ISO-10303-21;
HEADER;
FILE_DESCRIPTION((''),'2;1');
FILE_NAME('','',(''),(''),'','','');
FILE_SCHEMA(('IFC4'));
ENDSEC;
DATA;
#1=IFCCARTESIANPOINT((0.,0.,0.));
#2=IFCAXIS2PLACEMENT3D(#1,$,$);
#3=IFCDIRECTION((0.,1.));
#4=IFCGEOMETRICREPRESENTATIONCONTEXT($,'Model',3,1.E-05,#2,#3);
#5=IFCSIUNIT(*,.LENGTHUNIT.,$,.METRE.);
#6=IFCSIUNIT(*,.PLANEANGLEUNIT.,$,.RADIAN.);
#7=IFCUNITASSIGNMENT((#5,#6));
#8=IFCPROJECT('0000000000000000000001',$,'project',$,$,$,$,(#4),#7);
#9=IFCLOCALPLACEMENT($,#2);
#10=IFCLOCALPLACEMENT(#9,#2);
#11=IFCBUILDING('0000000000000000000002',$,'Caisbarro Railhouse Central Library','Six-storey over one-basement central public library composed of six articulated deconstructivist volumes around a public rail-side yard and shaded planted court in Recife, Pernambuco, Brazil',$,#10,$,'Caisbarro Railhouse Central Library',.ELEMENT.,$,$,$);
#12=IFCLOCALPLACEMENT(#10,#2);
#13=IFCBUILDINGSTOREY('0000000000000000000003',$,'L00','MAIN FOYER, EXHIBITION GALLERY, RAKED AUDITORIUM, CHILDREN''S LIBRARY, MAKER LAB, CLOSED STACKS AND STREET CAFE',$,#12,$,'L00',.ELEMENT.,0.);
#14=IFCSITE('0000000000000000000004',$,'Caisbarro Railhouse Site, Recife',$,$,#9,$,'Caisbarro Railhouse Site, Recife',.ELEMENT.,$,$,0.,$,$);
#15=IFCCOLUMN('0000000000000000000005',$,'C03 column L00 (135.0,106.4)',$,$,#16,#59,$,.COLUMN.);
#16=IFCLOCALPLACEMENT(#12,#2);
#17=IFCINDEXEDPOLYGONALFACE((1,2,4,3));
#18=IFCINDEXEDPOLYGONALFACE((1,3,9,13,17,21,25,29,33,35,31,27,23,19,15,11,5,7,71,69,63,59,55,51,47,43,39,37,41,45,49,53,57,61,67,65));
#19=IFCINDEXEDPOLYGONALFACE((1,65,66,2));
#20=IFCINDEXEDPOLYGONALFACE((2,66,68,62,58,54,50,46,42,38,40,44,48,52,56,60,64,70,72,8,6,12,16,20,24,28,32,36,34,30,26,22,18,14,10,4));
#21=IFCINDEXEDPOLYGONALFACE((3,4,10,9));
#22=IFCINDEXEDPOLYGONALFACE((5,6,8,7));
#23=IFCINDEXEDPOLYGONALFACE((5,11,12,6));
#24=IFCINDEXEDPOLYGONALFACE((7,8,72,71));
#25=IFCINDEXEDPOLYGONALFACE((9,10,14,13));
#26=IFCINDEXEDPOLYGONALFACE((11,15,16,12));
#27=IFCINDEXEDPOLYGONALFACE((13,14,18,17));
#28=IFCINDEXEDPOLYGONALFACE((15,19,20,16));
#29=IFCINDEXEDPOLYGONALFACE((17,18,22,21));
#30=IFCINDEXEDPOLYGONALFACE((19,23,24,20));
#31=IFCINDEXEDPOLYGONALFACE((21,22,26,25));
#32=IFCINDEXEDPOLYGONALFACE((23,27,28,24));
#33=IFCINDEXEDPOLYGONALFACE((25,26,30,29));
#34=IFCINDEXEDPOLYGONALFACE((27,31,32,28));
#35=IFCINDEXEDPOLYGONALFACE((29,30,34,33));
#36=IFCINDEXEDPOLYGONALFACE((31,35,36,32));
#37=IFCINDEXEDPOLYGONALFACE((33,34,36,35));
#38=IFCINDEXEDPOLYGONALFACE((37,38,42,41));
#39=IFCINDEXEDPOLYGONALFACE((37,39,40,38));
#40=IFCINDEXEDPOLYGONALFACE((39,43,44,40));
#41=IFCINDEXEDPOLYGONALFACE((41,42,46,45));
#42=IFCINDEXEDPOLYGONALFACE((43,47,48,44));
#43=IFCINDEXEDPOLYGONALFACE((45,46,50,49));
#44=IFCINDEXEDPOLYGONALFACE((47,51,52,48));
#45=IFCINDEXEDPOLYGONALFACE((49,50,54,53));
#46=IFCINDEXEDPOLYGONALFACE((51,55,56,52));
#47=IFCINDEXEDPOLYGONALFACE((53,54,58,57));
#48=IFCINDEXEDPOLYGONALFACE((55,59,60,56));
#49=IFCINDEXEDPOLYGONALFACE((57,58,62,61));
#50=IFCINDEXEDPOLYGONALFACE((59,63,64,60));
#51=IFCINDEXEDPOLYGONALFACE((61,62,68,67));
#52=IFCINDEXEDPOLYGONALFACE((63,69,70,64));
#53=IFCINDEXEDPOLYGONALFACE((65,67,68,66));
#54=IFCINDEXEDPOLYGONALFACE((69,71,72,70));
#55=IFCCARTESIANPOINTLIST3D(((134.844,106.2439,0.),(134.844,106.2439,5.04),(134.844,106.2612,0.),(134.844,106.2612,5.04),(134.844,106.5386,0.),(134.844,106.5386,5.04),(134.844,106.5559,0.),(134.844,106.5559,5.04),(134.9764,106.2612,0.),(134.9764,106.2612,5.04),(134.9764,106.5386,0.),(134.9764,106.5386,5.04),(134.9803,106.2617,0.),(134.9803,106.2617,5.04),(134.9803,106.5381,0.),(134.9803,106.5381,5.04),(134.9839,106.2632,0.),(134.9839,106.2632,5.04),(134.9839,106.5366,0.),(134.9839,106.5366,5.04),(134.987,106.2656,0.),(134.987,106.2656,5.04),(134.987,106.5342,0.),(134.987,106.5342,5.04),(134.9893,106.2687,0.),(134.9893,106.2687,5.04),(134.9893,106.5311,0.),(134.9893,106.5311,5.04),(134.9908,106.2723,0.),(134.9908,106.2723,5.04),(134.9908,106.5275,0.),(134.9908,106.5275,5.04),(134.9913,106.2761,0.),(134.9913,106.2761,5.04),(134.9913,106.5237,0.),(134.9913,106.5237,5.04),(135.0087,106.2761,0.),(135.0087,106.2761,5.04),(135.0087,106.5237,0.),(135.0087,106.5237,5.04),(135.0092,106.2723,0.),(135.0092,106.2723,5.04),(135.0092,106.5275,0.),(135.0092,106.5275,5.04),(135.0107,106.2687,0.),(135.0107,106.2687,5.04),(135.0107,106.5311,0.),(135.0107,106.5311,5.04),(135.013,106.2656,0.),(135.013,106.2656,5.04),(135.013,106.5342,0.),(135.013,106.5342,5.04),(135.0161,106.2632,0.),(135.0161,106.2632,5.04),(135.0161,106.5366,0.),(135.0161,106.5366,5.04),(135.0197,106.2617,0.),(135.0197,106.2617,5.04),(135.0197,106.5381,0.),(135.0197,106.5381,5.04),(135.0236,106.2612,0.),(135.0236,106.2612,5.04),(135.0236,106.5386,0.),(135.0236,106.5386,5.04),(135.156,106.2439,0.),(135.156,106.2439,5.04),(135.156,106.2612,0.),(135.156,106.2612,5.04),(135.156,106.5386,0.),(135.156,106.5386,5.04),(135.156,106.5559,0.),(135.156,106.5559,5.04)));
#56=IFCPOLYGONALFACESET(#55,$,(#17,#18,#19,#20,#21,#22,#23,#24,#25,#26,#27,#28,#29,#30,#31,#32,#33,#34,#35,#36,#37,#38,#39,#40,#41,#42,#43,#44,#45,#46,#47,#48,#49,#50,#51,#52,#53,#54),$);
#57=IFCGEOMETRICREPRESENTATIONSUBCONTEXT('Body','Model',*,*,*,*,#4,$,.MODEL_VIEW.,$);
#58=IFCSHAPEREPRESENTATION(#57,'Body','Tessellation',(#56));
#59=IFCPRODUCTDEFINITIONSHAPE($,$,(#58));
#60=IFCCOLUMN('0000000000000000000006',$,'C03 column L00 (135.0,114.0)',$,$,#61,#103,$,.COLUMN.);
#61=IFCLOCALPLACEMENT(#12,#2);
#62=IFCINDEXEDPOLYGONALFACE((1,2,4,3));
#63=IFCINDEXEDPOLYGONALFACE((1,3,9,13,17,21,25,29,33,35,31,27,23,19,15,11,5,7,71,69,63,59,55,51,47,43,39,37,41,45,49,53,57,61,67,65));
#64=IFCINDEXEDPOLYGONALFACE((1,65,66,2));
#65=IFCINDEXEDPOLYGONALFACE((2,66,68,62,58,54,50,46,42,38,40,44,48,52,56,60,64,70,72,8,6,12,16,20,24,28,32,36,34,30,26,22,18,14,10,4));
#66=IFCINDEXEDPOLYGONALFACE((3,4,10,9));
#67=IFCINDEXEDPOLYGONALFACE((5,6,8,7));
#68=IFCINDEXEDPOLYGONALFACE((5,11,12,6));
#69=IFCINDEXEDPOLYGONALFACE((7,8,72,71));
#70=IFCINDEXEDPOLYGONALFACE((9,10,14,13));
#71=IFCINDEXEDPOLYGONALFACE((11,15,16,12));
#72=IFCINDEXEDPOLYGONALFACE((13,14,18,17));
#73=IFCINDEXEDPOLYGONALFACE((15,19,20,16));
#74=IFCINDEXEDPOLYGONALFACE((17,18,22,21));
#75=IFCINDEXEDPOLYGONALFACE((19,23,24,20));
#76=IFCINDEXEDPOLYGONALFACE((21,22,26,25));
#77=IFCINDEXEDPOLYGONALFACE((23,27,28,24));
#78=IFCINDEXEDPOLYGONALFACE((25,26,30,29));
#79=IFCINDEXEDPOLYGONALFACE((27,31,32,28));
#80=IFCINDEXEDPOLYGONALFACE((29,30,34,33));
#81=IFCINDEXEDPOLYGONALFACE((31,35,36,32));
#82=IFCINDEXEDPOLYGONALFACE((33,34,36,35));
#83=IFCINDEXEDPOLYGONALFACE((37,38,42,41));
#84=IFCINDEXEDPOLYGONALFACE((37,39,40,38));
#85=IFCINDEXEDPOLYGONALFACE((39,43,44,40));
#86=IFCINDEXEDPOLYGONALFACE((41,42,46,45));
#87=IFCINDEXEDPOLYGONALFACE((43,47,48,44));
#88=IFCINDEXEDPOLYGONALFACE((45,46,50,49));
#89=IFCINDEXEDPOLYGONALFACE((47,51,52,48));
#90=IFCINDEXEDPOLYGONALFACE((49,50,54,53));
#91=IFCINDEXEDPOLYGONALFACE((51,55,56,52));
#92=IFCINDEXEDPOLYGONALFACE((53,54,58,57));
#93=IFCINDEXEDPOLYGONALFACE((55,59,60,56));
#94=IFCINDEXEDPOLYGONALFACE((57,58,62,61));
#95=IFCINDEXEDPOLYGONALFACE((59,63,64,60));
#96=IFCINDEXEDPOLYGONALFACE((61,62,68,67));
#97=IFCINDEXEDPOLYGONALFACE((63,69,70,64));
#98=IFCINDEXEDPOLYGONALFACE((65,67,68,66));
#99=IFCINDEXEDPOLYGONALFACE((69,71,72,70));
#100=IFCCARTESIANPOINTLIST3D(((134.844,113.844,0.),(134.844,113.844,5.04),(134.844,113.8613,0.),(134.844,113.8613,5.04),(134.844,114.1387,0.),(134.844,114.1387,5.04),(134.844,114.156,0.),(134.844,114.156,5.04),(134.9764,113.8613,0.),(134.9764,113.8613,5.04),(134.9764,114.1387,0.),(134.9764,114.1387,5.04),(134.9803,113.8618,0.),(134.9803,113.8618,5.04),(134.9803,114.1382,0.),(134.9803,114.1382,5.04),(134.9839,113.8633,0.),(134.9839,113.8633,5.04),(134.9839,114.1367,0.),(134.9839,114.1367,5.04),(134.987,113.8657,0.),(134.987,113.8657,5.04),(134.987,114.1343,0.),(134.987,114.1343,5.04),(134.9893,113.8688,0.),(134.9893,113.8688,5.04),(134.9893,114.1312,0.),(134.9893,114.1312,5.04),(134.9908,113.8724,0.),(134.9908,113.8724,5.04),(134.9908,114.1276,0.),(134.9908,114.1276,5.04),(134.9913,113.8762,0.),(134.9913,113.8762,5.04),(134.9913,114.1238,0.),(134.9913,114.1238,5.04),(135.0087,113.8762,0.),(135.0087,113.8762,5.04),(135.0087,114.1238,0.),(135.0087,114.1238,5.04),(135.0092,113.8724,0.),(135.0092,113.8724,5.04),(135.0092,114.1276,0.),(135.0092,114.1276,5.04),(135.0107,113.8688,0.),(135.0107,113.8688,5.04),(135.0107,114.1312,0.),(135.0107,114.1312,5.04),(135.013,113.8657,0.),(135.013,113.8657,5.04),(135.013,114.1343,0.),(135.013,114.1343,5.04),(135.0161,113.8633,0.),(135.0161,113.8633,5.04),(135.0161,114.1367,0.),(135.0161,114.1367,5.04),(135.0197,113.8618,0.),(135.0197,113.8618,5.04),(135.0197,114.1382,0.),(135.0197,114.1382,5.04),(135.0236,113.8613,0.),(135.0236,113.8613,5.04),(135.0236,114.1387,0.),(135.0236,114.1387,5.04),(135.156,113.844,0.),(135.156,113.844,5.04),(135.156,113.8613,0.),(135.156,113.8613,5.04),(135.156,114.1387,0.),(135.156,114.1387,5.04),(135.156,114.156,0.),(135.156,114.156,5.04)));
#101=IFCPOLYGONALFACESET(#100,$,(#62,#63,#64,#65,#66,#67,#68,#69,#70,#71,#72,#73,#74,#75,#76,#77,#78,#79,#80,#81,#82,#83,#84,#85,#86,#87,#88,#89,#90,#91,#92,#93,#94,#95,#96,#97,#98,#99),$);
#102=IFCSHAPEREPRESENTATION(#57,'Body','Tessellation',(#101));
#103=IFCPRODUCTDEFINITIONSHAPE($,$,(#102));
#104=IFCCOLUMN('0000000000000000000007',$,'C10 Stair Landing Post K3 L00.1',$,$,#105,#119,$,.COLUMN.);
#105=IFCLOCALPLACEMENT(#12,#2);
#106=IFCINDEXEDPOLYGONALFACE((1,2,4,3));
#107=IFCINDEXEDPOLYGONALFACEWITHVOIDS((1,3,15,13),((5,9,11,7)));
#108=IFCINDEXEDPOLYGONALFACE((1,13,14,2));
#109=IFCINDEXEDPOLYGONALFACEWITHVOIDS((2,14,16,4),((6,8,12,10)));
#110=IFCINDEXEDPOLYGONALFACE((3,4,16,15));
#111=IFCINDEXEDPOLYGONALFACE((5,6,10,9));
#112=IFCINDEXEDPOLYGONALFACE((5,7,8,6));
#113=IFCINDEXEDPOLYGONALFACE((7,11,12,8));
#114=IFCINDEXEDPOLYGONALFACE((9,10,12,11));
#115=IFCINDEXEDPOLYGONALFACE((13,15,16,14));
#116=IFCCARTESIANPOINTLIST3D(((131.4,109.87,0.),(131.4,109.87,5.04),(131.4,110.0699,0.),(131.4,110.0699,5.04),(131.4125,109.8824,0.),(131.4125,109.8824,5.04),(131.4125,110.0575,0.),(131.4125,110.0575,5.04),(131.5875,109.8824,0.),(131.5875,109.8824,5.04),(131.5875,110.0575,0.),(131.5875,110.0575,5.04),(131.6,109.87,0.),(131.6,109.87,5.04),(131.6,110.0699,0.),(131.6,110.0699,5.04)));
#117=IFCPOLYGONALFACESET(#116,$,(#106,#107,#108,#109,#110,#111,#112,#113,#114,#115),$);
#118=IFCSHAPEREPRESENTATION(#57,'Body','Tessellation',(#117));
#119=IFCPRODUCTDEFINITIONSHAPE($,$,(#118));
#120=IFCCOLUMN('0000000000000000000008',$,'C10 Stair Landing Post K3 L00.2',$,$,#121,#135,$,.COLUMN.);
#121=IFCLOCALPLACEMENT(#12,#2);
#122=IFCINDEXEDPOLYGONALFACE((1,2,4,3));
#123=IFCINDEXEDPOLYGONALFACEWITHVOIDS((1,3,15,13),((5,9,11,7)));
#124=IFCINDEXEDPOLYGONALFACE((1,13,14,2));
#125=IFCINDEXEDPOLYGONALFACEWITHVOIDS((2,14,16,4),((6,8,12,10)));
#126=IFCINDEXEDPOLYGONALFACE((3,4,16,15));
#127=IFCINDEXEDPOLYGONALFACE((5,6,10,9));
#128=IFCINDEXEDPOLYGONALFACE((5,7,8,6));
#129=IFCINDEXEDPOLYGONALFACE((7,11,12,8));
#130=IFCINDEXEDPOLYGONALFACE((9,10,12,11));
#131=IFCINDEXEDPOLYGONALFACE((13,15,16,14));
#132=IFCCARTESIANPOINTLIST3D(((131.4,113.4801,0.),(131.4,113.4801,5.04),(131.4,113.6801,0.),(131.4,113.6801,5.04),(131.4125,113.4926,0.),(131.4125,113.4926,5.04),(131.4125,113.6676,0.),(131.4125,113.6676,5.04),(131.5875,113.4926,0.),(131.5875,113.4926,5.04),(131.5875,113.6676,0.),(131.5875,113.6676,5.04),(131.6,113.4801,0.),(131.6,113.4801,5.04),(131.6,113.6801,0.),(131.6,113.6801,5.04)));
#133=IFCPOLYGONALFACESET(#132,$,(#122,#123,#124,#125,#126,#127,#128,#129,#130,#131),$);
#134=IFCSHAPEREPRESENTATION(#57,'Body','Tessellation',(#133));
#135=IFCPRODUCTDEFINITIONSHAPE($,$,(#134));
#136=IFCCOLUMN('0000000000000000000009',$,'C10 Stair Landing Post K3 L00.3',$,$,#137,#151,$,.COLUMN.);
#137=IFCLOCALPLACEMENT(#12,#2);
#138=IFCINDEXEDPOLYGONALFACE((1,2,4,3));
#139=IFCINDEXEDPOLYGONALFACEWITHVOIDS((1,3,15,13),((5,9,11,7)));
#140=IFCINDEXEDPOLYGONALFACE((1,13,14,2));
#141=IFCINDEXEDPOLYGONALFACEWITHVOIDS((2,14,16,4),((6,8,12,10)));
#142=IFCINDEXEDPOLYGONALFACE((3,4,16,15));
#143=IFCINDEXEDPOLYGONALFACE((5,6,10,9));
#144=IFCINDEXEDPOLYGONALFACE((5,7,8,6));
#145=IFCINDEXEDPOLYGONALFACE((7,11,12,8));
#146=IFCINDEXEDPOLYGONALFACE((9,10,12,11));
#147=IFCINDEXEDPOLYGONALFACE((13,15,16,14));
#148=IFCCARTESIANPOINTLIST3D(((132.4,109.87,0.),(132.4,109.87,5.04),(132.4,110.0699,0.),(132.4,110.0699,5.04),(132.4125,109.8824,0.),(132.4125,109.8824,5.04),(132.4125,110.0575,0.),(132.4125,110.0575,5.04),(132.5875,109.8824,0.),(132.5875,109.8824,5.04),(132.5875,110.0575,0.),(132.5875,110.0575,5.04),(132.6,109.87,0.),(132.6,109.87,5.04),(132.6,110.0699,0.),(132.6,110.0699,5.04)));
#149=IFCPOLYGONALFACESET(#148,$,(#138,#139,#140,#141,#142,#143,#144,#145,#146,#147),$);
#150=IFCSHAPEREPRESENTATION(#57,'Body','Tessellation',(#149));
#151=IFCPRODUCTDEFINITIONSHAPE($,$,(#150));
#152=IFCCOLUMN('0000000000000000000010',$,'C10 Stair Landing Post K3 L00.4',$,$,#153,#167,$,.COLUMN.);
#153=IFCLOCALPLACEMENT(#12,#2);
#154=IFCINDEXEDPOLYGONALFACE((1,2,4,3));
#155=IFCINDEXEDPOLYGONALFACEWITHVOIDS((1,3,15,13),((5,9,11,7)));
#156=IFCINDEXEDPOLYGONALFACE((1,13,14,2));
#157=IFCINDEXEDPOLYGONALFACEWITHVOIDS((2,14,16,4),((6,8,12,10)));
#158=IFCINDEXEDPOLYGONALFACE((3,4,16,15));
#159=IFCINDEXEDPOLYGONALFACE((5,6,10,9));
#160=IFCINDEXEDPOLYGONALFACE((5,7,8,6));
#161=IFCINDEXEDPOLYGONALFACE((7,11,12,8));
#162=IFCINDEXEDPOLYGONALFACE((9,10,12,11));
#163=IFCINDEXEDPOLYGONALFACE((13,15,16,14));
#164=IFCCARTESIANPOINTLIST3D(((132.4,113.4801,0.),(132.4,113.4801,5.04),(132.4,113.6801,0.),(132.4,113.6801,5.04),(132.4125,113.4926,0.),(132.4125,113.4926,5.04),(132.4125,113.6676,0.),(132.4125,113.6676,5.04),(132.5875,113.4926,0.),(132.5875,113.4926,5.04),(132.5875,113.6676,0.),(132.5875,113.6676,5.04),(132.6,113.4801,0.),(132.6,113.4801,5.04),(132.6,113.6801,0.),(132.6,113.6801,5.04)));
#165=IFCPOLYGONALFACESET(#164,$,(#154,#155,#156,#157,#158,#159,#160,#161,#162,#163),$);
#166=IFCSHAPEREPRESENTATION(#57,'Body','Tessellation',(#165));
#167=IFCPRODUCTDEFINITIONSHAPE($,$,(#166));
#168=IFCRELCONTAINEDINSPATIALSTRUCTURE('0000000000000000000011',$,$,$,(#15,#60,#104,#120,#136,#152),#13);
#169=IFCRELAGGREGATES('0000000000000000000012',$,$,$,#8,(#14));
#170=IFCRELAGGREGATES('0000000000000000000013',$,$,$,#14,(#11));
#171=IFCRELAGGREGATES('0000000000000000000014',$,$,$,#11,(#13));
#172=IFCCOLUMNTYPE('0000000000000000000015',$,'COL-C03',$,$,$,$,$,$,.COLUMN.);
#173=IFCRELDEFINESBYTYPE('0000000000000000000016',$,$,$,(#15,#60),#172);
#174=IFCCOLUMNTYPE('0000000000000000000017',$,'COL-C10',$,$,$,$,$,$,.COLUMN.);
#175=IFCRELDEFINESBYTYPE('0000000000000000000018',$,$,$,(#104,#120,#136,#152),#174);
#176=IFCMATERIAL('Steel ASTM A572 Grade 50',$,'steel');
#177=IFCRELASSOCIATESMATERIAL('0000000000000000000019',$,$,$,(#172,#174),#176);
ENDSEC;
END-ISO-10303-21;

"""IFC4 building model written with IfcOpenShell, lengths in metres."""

from ifc_helpers import new_model, si_unit, direction, frame, origin, origin_2d, place, context, subcontext, project, spatial, hollow_rectangle, i_section, extrude, material, material_profile, profile_set, type_object, element, save


model = new_model("IFC4")

# Units and contexts
model_context = context("Model", 3, precision=1e-05, world=origin(), true_north=direction((0.0, 1.0)))
body_context = subcontext(model_context, "Body", "Model", "MODEL_VIEW")
ifc_project = project(units=[si_unit("LENGTHUNIT", "METRE"), si_unit("PLANEANGLEUNIT", "RADIAN")], contexts=[model_context])

# Site, building, storey
site_placement = place(None, origin())
site = spatial("IfcSite", under=ifc_project, at=site_placement, Name="Caisbarro Railhouse Site, Recife", LongName="Caisbarro Railhouse Site, Recife", CompositionType="ELEMENT", RefElevation=0.0)
building_placement = place(site_placement, origin())
building = spatial("IfcBuilding", under=site, at=building_placement, Name="Caisbarro Railhouse Central Library", Description="Six-storey over one-basement central public library composed of six articulated deconstructivist volumes around a public rail-side yard and shaded planted court in Recife, Pernambuco, Brazil", LongName="Caisbarro Railhouse Central Library", CompositionType="ELEMENT")
storey_placement = place(building_placement, origin())
storey = spatial("IfcBuildingStorey", under=building, at=storey_placement, Name="L00", Description="MAIN FOYER, EXHIBITION GALLERY, RAKED AUDITORIUM, CHILDREN'S LIBRARY, MAKER LAB, CLOSED STACKS AND STREET CAFE", LongName="L00", CompositionType="ELEMENT", Elevation=0.0)

# Columns
ifc_material_1 = material(Name="Steel ASTM A572 Grade 50", Category="steel")
ifc_material_profile_1 = material_profile(ifc_material_1, i_section(OverallWidth=0.312, OverallDepth=0.312, WebThickness=0.0173, FlangeThickness=0.0173, FilletRadius=0.0149, at=origin_2d()), Name="HP310X125.0")
ifc_profile_set_1 = profile_set([ifc_material_profile_1], Name="Steel ASTM A572 Grade 50")
column_type_1 = type_object("IfcColumnType", Name="COL-C03", PredefinedType="COLUMN", material=ifc_profile_set_1)
for number, where, z_axis, x_axis, name in (
    (1, (135.0, 106.3999, 0.0), (0.0, 0.0, 1.0), (1.0, 0.0, 0.0), "C03 column L00 (135.0,106.4)"),
    (2, (135.0, 114.0, 0.0), (0.0, 0.0, 1.0), (1.0, 0.0, 0.0), "C03 column L00 (135.0,114.0)"),
):
    element("IfcColumn", number, at=place(storey_placement, frame(where, z_axis=z_axis, x_axis=x_axis)), inside=storey, type_object=column_type_1, Name=name, PredefinedType="COLUMN", context=body_context, shape_type="SweptSolid", body=[
        extrude(i_section(OverallWidth=0.312, OverallDepth=0.312, WebThickness=0.0173, FlangeThickness=0.0173, FilletRadius=0.0149, at=origin_2d()), origin(), (0.0, 0.0, 1.0), 5.04),
    ])
ifc_material_profile_2 = material_profile(ifc_material_1, hollow_rectangle(XDim=0.2, YDim=0.2, WallThickness=0.0125, at=origin_2d()), Name="HSS200X200X12.5")
ifc_profile_set_2 = profile_set([ifc_material_profile_2], Name="Steel ASTM A572 Grade 50")
column_type_2 = type_object("IfcColumnType", Name="COL-C10", PredefinedType="COLUMN", material=ifc_profile_set_2)
for number, where, z_axis, x_axis, name in (
    (3, (131.5, 109.97, 0.0), (0.0, 0.0, 1.0), (1.0, 0.0, 0.0), "C10 Stair Landing Post K3 L00.1"),
    (4, (131.5, 113.5801, 0.0), (0.0, 0.0, 1.0), (1.0, 0.0, 0.0), "C10 Stair Landing Post K3 L00.2"),
    (5, (132.5, 109.97, 0.0), (0.0, 0.0, 1.0), (1.0, 0.0, 0.0), "C10 Stair Landing Post K3 L00.3"),
    (6, (132.5, 113.5801, 0.0), (0.0, 0.0, 1.0), (1.0, 0.0, 0.0), "C10 Stair Landing Post K3 L00.4"),
):
    element("IfcColumn", number, at=place(storey_placement, frame(where, z_axis=z_axis, x_axis=x_axis)), inside=storey, type_object=column_type_2, Name=name, PredefinedType="COLUMN", context=body_context, shape_type="SweptSolid", body=[
        extrude(hollow_rectangle(XDim=0.2, YDim=0.2, WallThickness=0.0125, at=origin_2d()), origin(), (0.0, 0.0, 1.0), 5.04),
    ])

save(model, "model.ifc")
